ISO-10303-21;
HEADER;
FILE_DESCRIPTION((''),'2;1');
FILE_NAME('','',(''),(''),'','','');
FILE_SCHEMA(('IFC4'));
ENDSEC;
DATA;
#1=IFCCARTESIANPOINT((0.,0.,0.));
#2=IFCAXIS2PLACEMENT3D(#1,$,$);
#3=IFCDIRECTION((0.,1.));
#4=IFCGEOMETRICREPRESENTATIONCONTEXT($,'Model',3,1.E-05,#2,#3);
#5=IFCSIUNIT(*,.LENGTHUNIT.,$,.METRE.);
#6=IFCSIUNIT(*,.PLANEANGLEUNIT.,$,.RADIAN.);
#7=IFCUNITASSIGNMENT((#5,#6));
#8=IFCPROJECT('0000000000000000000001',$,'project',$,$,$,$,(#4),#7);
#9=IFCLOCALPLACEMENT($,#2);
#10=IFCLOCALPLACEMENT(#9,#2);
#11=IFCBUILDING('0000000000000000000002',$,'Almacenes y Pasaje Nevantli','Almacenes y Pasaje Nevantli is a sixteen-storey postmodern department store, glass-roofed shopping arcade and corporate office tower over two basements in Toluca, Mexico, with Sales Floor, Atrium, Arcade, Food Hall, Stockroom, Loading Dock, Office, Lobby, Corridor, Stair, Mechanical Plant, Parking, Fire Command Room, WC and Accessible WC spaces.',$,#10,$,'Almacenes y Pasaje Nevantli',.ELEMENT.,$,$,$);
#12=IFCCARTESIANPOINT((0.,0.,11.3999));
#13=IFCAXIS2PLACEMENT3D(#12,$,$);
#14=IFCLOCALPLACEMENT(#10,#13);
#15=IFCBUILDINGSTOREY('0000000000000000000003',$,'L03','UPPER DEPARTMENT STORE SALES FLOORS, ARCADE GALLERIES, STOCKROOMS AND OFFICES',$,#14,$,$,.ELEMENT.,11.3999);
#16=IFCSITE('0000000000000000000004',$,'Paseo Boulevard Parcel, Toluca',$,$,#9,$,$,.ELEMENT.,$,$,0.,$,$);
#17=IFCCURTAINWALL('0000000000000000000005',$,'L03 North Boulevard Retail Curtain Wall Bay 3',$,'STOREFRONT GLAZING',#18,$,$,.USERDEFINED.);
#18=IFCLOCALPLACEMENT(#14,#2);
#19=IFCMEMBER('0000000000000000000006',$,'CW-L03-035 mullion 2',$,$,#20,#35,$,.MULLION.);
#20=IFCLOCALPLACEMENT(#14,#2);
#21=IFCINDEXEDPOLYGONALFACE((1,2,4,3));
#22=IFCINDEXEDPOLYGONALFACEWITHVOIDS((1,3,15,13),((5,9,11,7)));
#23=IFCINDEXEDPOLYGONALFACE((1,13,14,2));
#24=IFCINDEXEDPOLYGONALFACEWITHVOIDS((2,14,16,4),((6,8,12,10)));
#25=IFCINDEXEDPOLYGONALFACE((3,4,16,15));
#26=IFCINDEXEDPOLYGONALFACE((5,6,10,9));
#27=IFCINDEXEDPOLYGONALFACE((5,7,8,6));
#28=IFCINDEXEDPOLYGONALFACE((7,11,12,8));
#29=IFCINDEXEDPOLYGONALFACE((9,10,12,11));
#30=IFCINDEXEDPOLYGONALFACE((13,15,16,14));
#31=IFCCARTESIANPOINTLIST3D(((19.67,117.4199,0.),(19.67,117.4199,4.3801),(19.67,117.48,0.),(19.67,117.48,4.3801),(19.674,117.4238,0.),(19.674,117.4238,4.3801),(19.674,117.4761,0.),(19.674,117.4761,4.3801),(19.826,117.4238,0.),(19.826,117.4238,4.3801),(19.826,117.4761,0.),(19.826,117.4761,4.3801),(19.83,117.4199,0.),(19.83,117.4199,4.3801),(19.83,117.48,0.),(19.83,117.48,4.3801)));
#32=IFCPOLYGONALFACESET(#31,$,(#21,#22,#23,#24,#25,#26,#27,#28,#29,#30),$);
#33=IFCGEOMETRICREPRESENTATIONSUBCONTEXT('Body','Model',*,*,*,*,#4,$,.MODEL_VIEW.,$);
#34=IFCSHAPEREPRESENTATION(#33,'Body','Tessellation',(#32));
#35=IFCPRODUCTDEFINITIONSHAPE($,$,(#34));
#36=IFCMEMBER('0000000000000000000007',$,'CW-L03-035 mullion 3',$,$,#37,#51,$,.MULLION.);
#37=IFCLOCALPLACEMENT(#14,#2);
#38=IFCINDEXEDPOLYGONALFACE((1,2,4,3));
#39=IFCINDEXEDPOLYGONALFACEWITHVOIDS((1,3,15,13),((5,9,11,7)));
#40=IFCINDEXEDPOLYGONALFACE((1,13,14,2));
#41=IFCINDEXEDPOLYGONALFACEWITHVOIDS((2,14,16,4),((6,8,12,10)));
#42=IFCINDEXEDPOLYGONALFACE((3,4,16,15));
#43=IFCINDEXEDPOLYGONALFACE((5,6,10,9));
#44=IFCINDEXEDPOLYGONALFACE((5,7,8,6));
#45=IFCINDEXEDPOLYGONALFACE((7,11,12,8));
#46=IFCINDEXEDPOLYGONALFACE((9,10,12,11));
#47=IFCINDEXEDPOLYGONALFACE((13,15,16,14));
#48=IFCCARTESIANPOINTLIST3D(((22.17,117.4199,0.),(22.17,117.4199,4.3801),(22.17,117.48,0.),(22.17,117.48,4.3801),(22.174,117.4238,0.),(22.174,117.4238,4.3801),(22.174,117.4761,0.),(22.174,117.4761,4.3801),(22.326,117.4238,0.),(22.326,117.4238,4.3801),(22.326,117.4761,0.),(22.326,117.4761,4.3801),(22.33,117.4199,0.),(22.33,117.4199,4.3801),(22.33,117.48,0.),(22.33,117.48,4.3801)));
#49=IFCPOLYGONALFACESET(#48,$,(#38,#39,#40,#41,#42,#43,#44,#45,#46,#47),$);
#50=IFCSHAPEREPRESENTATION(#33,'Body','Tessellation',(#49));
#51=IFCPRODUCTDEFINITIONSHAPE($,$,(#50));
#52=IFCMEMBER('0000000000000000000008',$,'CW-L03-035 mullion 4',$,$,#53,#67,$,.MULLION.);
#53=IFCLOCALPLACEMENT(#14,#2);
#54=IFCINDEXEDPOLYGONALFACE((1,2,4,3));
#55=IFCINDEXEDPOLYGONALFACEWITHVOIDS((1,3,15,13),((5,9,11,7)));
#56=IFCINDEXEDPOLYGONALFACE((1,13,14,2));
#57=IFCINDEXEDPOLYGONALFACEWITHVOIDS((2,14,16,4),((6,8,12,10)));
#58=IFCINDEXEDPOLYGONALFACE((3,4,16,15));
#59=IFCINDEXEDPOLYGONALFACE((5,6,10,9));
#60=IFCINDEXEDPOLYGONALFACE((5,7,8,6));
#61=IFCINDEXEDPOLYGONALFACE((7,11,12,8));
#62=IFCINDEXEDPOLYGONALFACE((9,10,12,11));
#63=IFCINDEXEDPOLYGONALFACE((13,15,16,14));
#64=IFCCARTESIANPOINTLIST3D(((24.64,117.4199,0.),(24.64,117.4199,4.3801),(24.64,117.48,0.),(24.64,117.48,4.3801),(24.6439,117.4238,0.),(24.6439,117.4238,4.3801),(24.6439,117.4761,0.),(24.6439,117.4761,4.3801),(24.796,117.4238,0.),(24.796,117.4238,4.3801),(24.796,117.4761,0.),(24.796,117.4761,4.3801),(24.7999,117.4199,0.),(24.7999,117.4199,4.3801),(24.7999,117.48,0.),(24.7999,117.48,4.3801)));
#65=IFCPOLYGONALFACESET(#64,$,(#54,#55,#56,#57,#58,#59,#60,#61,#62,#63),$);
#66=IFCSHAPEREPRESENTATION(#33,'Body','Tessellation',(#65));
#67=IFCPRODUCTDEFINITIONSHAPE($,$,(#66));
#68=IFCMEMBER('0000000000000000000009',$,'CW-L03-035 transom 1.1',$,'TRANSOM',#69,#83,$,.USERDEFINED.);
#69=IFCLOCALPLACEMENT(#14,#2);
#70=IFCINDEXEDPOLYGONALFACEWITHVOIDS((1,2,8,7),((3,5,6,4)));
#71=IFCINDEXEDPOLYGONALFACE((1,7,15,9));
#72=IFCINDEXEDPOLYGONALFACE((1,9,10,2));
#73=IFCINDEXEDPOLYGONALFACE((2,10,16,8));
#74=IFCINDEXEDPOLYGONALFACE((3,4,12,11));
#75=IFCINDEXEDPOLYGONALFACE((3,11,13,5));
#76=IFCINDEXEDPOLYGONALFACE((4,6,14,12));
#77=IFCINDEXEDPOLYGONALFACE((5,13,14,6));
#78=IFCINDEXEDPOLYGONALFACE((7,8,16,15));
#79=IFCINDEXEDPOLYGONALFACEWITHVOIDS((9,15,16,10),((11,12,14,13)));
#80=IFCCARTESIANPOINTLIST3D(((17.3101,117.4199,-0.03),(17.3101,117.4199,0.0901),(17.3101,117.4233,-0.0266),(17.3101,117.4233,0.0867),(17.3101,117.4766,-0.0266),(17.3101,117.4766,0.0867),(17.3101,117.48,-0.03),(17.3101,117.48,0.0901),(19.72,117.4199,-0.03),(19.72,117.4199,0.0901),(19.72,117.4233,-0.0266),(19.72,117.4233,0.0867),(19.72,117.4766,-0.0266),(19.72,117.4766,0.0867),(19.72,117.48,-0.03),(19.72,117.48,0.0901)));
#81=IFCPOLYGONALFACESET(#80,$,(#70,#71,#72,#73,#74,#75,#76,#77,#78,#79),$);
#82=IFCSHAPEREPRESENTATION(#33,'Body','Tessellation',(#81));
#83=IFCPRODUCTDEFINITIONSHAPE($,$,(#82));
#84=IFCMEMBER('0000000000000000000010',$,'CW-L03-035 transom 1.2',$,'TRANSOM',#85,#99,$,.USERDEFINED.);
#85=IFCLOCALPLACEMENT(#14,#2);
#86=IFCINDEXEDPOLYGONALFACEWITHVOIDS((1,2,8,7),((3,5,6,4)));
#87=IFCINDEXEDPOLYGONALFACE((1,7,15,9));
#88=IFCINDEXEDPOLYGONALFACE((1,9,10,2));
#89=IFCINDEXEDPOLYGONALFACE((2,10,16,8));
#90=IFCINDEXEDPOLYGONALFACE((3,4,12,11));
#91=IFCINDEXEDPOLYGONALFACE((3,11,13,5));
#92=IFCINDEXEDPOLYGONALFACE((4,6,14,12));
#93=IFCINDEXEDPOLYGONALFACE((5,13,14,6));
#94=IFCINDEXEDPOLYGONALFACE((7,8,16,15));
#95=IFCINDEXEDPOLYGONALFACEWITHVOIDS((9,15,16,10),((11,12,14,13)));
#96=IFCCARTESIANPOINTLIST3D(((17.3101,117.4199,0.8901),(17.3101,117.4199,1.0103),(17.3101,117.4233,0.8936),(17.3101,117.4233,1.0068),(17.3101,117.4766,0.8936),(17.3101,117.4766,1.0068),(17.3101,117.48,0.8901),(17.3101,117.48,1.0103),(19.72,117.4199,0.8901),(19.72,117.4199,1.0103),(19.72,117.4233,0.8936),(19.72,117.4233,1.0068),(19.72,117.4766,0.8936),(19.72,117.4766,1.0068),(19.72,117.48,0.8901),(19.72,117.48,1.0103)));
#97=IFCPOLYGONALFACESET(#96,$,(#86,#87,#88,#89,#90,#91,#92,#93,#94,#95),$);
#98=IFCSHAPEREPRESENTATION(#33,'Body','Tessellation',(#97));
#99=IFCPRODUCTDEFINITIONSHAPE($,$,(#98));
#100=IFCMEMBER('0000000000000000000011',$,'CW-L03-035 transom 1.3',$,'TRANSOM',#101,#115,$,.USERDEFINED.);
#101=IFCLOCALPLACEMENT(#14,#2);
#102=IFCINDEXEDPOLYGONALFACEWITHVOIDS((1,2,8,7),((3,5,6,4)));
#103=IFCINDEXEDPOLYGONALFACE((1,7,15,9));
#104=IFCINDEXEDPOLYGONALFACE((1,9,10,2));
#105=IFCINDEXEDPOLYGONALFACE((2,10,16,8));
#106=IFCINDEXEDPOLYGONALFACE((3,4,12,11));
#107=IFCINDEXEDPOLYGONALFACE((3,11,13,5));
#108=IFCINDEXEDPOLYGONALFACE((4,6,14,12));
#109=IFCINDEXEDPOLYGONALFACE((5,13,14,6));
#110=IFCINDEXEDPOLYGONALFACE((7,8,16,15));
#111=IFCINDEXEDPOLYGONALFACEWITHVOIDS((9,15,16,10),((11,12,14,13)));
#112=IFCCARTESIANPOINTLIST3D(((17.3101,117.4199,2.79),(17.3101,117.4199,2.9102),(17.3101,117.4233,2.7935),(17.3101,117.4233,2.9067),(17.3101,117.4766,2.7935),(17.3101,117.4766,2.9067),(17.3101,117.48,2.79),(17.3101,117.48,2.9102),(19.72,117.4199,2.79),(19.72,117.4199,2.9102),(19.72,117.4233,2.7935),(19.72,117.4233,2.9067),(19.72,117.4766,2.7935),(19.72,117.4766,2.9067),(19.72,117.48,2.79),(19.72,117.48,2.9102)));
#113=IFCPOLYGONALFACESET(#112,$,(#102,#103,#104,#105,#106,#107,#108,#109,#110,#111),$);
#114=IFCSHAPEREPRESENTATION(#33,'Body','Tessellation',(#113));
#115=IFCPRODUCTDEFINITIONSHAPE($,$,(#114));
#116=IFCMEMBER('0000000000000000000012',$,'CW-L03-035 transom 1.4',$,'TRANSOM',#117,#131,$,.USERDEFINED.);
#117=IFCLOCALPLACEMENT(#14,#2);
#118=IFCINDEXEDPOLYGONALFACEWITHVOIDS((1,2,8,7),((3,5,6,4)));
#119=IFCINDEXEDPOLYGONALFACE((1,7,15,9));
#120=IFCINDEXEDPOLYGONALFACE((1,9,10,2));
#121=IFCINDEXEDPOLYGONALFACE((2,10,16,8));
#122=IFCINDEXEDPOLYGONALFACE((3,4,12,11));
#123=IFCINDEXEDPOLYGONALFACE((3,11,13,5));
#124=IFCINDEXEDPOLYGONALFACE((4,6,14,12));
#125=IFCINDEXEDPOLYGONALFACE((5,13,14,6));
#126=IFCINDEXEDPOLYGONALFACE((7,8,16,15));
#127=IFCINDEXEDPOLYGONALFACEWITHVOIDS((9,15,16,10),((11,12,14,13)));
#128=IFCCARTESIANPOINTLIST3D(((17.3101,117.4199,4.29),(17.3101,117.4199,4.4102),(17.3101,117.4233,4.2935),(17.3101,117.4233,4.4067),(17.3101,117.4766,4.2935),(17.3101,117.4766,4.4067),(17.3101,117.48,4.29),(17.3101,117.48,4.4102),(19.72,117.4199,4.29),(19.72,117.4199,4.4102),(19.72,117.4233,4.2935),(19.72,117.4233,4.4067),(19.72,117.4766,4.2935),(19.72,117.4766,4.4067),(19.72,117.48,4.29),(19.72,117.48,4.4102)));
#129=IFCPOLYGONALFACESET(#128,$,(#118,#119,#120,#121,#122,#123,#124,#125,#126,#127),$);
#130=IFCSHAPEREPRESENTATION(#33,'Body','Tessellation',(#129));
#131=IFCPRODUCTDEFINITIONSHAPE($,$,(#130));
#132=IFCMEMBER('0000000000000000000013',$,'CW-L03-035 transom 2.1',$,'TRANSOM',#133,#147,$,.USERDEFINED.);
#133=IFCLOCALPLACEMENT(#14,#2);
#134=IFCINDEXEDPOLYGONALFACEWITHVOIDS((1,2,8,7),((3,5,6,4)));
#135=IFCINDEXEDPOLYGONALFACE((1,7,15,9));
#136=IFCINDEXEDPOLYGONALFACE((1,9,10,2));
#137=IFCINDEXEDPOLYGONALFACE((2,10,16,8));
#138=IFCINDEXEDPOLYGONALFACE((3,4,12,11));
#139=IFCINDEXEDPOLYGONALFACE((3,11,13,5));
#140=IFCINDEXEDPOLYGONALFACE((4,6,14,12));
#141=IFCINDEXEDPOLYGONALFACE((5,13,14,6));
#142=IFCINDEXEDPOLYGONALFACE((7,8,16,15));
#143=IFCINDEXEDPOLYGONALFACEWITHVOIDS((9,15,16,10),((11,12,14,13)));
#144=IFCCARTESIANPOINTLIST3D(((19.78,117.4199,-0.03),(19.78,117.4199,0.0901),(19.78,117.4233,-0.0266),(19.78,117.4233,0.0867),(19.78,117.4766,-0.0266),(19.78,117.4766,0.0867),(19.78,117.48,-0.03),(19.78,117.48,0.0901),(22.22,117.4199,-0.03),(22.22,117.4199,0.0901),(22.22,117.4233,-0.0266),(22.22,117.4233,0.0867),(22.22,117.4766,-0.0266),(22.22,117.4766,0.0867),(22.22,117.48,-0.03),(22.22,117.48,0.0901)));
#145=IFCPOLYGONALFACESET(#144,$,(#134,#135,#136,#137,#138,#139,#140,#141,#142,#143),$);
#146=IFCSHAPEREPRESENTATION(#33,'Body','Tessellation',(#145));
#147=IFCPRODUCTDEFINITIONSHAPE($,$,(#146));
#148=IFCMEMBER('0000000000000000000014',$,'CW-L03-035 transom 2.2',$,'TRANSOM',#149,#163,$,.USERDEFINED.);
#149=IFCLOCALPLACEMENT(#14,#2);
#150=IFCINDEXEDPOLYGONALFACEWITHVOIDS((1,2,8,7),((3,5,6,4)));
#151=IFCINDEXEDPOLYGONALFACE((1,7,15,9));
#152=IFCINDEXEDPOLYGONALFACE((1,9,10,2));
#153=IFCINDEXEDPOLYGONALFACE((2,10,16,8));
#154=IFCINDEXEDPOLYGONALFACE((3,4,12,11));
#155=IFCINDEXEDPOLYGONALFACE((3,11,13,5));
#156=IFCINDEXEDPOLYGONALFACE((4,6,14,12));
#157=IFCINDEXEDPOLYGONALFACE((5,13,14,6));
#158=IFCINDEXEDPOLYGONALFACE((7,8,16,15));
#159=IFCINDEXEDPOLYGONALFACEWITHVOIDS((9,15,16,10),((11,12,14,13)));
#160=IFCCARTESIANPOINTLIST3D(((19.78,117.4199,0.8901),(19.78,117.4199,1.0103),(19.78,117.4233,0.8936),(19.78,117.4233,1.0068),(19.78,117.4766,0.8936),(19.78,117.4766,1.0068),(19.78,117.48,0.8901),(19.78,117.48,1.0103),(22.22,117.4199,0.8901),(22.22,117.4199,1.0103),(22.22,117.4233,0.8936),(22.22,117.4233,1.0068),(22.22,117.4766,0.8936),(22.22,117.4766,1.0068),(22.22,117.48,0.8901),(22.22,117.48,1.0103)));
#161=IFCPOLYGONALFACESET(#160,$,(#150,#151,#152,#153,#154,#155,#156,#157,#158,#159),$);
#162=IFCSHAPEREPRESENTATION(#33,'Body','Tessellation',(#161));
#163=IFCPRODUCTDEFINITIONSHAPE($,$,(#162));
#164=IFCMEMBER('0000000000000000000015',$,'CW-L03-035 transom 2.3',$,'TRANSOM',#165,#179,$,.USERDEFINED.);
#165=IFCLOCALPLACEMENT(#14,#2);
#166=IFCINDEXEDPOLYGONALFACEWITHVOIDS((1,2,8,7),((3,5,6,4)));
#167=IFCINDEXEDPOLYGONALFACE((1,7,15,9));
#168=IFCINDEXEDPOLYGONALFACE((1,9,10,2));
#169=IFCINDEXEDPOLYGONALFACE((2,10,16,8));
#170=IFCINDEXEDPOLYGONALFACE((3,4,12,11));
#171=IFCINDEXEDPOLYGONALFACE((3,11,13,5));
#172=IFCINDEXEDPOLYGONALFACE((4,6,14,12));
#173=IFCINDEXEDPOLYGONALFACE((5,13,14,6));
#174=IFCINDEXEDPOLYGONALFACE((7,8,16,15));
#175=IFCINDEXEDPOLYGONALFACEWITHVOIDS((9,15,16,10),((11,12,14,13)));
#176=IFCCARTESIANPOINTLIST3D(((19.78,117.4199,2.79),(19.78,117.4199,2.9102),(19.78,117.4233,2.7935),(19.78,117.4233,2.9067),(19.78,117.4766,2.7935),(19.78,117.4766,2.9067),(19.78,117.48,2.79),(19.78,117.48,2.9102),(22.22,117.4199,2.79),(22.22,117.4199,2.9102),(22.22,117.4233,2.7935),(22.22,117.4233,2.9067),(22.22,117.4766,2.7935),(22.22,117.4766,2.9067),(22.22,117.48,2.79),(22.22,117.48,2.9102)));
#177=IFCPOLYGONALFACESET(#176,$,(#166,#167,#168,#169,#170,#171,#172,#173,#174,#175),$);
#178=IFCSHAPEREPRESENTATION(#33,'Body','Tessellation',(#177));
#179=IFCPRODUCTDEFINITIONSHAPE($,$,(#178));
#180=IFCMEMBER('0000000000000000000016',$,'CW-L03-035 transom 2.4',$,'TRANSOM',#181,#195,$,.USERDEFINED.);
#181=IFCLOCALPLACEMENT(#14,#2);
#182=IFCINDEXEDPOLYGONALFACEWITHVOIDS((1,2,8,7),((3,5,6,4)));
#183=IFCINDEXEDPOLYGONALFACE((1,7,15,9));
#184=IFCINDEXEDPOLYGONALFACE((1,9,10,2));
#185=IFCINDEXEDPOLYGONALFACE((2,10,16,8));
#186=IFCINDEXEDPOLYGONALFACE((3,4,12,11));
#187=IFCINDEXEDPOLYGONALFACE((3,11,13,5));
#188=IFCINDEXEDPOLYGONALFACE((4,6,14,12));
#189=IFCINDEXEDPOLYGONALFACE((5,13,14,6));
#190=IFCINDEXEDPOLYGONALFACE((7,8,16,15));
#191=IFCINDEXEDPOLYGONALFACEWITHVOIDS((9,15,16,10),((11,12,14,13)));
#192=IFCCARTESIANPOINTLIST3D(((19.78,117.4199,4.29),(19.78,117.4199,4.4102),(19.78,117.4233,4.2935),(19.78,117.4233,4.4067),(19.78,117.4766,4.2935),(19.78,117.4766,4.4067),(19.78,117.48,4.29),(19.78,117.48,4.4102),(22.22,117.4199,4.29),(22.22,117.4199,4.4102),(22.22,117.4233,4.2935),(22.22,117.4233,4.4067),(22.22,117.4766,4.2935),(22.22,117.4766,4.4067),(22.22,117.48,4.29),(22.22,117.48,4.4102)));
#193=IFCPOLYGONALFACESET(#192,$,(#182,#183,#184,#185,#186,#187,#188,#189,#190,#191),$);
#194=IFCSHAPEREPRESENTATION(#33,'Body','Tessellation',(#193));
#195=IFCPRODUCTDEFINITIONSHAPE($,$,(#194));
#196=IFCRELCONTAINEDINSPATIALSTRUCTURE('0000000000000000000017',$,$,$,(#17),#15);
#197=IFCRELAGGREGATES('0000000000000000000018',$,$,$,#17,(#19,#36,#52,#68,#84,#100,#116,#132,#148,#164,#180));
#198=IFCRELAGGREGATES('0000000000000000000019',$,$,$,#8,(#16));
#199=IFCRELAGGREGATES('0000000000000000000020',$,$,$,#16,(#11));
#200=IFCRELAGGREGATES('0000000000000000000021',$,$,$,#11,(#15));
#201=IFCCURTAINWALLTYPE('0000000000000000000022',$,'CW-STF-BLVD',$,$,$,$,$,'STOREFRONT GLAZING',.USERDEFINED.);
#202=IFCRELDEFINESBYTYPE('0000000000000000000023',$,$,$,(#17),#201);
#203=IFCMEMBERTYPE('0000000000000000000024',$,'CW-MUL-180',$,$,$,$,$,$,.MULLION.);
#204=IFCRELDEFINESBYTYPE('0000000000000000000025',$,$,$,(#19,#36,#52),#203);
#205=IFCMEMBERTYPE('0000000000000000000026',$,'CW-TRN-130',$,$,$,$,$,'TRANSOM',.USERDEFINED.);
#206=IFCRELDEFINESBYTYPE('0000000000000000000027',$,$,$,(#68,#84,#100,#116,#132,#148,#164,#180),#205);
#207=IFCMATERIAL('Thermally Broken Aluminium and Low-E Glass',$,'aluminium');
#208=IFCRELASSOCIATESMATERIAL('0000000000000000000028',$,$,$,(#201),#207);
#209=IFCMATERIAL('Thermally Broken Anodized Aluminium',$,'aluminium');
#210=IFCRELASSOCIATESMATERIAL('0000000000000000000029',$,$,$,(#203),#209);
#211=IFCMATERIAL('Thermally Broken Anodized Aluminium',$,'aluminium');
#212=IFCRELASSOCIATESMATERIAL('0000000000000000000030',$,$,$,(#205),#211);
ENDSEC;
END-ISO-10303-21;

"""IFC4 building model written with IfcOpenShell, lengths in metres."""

from ifc_helpers import new_model, si_unit, direction, frame, origin, origin_2d, place, context, subcontext, project, spatial, hollow_rectangle, extrude, material, material_profile, profile_set, type_object, element, aggregate, save


model = new_model("IFC4")

# Units and contexts
model_context = context("Model", 3, precision=1e-05, world=origin(), true_north=direction((0.0, 1.0)))
body_context = subcontext(model_context, "Body", "Model", "MODEL_VIEW")
ifc_project = project(units=[si_unit("LENGTHUNIT", "METRE"), si_unit("PLANEANGLEUNIT", "RADIAN")], contexts=[model_context])

# Site, building, storey
site_placement = place(None, origin())
site = spatial("IfcSite", under=ifc_project, at=site_placement, Name="Paseo Boulevard Parcel, Toluca", CompositionType="ELEMENT", RefElevation=0.0)
building_placement = place(site_placement, origin())
building = spatial("IfcBuilding", under=site, at=building_placement, Name="Almacenes y Pasaje Nevantli", Description="Almacenes y Pasaje Nevantli is a sixteen-storey postmodern department store, glass-roofed shopping arcade and corporate office tower over two basements in Toluca, Mexico, with Sales Floor, Atrium, Arcade, Food Hall, Stockroom, Loading Dock, Office, Lobby, Corridor, Stair, Mechanical Plant, Parking, Fire Command Room, WC and Accessible WC spaces.", LongName="Almacenes y Pasaje Nevantli", CompositionType="ELEMENT")
storey_placement = place(building_placement, frame((0.0, 0.0, 11.3999)))
storey = spatial("IfcBuildingStorey", under=building, at=storey_placement, Name="L03", Description="UPPER DEPARTMENT STORE SALES FLOORS, ARCADE GALLERIES, STOCKROOMS AND OFFICES", CompositionType="ELEMENT", Elevation=11.3999)

# Shared definitions
ifc_material_1 = material(Name="Thermally Broken Aluminium and Low-E Glass", Category="aluminium")
curtain_wall_type = type_object("IfcCurtainWallType", Name="CW-STF-BLVD", ElementType="STOREFRONT GLAZING", PredefinedType="USERDEFINED", material=ifc_material_1)
ifc_material_2 = material(Name="Thermally Broken Anodized Aluminium", Category="aluminium")
ifc_material_profile_1 = material_profile(ifc_material_2, hollow_rectangle(XDim=0.0601, YDim=0.1599, WallThickness=0.0039, at=origin_2d()), Name="ALU-MUL-60x160")
ifc_profile_set_1 = profile_set([ifc_material_profile_1], Name="Thermally Broken Anodized Aluminium")
member_type_1 = type_object("IfcMemberType", Name="CW-MUL-180", PredefinedType="MULLION", material=ifc_profile_set_1)

# Curtain wall, members
curtain_wall_1_placement = place(storey_placement, origin())
curtain_wall_1 = element("IfcCurtainWall", 1, at=curtain_wall_1_placement, inside=storey, type_object=curtain_wall_type, Name="L03 North Boulevard Retail Curtain Wall Bay 3", ObjectType="STOREFRONT GLAZING", PredefinedType="USERDEFINED")
member_1_placement = place(storey_placement, frame((19.75, 117.45, 0.0), z_axis=(0.0, 0.0, 1.0), x_axis=(0.0, 1.0, 0.0)))
member_1 = element("IfcMember", 2, at=member_1_placement, type_object=member_type_1, Name="CW-L03-035 mullion 2", PredefinedType="MULLION", context=body_context, shape_type="SweptSolid", body=[
    extrude(hollow_rectangle(XDim=0.0601, YDim=0.1599, WallThickness=0.0039, at=origin_2d()), origin(), (0.0, 0.0, 1.0), 4.3801),
])
member_2_placement = place(storey_placement, frame((22.25, 117.45, 0.0), z_axis=(0.0, 0.0, 1.0), x_axis=(0.0, 1.0, 0.0)))
member_2 = element("IfcMember", 3, at=member_2_placement, type_object=member_type_1, Name="CW-L03-035 mullion 3", PredefinedType="MULLION", context=body_context, shape_type="SweptSolid", body=[
    extrude(hollow_rectangle(XDim=0.0601, YDim=0.1599, WallThickness=0.0039, at=origin_2d()), origin(), (0.0, 0.0, 1.0), 4.3801),
])
member_3_placement = place(storey_placement, frame((24.72, 117.45, 0.0), z_axis=(0.0, 0.0, 1.0), x_axis=(0.0, 1.0, 0.0)))
member_3 = element("IfcMember", 4, at=member_3_placement, type_object=member_type_1, Name="CW-L03-035 mullion 4", PredefinedType="MULLION", context=body_context, shape_type="SweptSolid", body=[
    extrude(hollow_rectangle(XDim=0.0601, YDim=0.1599, WallThickness=0.0039, at=origin_2d()), origin(), (0.0, 0.0, 1.0), 4.3801),
])
ifc_material_3 = material(Name="Thermally Broken Anodized Aluminium", Category="aluminium")
ifc_material_profile_2 = material_profile(ifc_material_3, hollow_rectangle(XDim=0.0601, YDim=0.1201, WallThickness=0.0034, at=origin_2d()), Name="ALU-TRN-60x120")
ifc_profile_set_2 = profile_set([ifc_material_profile_2], Name="Thermally Broken Anodized Aluminium")
member_type_2 = type_object("IfcMemberType", Name="CW-TRN-130", ElementType="TRANSOM", PredefinedType="USERDEFINED", material=ifc_profile_set_2)
member_4_placement = place(storey_placement, frame((17.3101, 117.45, 0.03), z_axis=(1.0, 0.0, 0.0), x_axis=(0.0, 1.0, 0.0)))
member_4 = element("IfcMember", 5, at=member_4_placement, type_object=member_type_2, Name="CW-L03-035 transom 1.1", ObjectType="TRANSOM", PredefinedType="USERDEFINED", context=body_context, shape_type="SweptSolid", body=[
    extrude(hollow_rectangle(XDim=0.0601, YDim=0.1201, WallThickness=0.0034, at=origin_2d()), origin(), (0.0, 0.0, 1.0), 2.4099),
])
member_5_placement = place(storey_placement, frame((17.3101, 117.45, 0.9502), z_axis=(1.0, 0.0, 0.0), x_axis=(0.0, 1.0, 0.0)))
member_5 = element("IfcMember", 6, at=member_5_placement, type_object=member_type_2, Name="CW-L03-035 transom 1.2", ObjectType="TRANSOM", PredefinedType="USERDEFINED", context=body_context, shape_type="SweptSolid", body=[
    extrude(hollow_rectangle(XDim=0.0601, YDim=0.1201, WallThickness=0.0034, at=origin_2d()), origin(), (0.0, 0.0, 1.0), 2.4099),
])
member_6_placement = place(storey_placement, frame((17.3101, 117.45, 2.8501), z_axis=(1.0, 0.0, 0.0), x_axis=(0.0, 1.0, 0.0)))
member_6 = element("IfcMember", 7, at=member_6_placement, type_object=member_type_2, Name="CW-L03-035 transom 1.3", ObjectType="TRANSOM", PredefinedType="USERDEFINED", context=body_context, shape_type="SweptSolid", body=[
    extrude(hollow_rectangle(XDim=0.0601, YDim=0.1201, WallThickness=0.0034, at=origin_2d()), origin(), (0.0, 0.0, 1.0), 2.4099),
])
member_7_placement = place(storey_placement, frame((17.3101, 117.45, 4.3501), z_axis=(1.0, 0.0, 0.0), x_axis=(0.0, 1.0, 0.0)))
member_7 = element("IfcMember", 8, at=member_7_placement, type_object=member_type_2, Name="CW-L03-035 transom 1.4", ObjectType="TRANSOM", PredefinedType="USERDEFINED", context=body_context, shape_type="SweptSolid", body=[
    extrude(hollow_rectangle(XDim=0.0601, YDim=0.1201, WallThickness=0.0034, at=origin_2d()), origin(), (0.0, 0.0, 1.0), 2.4099),
])
member_8_placement = place(storey_placement, frame((19.78, 117.45, 0.03), z_axis=(1.0, 0.0, 0.0), x_axis=(0.0, 1.0, 0.0)))
member_8 = element("IfcMember", 9, at=member_8_placement, type_object=member_type_2, Name="CW-L03-035 transom 2.1", ObjectType="TRANSOM", PredefinedType="USERDEFINED", context=body_context, shape_type="SweptSolid", body=[
    extrude(hollow_rectangle(XDim=0.0601, YDim=0.1201, WallThickness=0.0034, at=origin_2d()), origin(), (0.0, 0.0, 1.0), 2.4399),
])
member_9_placement = place(storey_placement, frame((19.78, 117.45, 0.9502), z_axis=(1.0, 0.0, 0.0), x_axis=(0.0, 1.0, 0.0)))
member_9 = element("IfcMember", 10, at=member_9_placement, type_object=member_type_2, Name="CW-L03-035 transom 2.2", ObjectType="TRANSOM", PredefinedType="USERDEFINED", context=body_context, shape_type="SweptSolid", body=[
    extrude(hollow_rectangle(XDim=0.0601, YDim=0.1201, WallThickness=0.0034, at=origin_2d()), origin(), (0.0, 0.0, 1.0), 2.4399),
])
member_10_placement = place(storey_placement, frame((19.78, 117.45, 2.8501), z_axis=(1.0, 0.0, 0.0), x_axis=(0.0, 1.0, 0.0)))
member_10 = element("IfcMember", 11, at=member_10_placement, type_object=member_type_2, Name="CW-L03-035 transom 2.3", ObjectType="TRANSOM", PredefinedType="USERDEFINED", context=body_context, shape_type="SweptSolid", body=[
    extrude(hollow_rectangle(XDim=0.0601, YDim=0.1201, WallThickness=0.0034, at=origin_2d()), origin(), (0.0, 0.0, 1.0), 2.4399),
])
member_11_placement = place(storey_placement, frame((19.78, 117.45, 4.3501), z_axis=(1.0, 0.0, 0.0), x_axis=(0.0, 1.0, 0.0)))
member_11 = element("IfcMember", 12, at=member_11_placement, type_object=member_type_2, Name="CW-L03-035 transom 2.4", ObjectType="TRANSOM", PredefinedType="USERDEFINED", context=body_context, shape_type="SweptSolid", body=[
    extrude(hollow_rectangle(XDim=0.0601, YDim=0.1201, WallThickness=0.0034, at=origin_2d()), origin(), (0.0, 0.0, 1.0), 2.4399),
])
aggregate(curtain_wall_1, [member_1, member_2, member_3, member_4, member_5, member_6, member_7, member_8, member_9, member_10, member_11])

save(model, "model.ifc")
